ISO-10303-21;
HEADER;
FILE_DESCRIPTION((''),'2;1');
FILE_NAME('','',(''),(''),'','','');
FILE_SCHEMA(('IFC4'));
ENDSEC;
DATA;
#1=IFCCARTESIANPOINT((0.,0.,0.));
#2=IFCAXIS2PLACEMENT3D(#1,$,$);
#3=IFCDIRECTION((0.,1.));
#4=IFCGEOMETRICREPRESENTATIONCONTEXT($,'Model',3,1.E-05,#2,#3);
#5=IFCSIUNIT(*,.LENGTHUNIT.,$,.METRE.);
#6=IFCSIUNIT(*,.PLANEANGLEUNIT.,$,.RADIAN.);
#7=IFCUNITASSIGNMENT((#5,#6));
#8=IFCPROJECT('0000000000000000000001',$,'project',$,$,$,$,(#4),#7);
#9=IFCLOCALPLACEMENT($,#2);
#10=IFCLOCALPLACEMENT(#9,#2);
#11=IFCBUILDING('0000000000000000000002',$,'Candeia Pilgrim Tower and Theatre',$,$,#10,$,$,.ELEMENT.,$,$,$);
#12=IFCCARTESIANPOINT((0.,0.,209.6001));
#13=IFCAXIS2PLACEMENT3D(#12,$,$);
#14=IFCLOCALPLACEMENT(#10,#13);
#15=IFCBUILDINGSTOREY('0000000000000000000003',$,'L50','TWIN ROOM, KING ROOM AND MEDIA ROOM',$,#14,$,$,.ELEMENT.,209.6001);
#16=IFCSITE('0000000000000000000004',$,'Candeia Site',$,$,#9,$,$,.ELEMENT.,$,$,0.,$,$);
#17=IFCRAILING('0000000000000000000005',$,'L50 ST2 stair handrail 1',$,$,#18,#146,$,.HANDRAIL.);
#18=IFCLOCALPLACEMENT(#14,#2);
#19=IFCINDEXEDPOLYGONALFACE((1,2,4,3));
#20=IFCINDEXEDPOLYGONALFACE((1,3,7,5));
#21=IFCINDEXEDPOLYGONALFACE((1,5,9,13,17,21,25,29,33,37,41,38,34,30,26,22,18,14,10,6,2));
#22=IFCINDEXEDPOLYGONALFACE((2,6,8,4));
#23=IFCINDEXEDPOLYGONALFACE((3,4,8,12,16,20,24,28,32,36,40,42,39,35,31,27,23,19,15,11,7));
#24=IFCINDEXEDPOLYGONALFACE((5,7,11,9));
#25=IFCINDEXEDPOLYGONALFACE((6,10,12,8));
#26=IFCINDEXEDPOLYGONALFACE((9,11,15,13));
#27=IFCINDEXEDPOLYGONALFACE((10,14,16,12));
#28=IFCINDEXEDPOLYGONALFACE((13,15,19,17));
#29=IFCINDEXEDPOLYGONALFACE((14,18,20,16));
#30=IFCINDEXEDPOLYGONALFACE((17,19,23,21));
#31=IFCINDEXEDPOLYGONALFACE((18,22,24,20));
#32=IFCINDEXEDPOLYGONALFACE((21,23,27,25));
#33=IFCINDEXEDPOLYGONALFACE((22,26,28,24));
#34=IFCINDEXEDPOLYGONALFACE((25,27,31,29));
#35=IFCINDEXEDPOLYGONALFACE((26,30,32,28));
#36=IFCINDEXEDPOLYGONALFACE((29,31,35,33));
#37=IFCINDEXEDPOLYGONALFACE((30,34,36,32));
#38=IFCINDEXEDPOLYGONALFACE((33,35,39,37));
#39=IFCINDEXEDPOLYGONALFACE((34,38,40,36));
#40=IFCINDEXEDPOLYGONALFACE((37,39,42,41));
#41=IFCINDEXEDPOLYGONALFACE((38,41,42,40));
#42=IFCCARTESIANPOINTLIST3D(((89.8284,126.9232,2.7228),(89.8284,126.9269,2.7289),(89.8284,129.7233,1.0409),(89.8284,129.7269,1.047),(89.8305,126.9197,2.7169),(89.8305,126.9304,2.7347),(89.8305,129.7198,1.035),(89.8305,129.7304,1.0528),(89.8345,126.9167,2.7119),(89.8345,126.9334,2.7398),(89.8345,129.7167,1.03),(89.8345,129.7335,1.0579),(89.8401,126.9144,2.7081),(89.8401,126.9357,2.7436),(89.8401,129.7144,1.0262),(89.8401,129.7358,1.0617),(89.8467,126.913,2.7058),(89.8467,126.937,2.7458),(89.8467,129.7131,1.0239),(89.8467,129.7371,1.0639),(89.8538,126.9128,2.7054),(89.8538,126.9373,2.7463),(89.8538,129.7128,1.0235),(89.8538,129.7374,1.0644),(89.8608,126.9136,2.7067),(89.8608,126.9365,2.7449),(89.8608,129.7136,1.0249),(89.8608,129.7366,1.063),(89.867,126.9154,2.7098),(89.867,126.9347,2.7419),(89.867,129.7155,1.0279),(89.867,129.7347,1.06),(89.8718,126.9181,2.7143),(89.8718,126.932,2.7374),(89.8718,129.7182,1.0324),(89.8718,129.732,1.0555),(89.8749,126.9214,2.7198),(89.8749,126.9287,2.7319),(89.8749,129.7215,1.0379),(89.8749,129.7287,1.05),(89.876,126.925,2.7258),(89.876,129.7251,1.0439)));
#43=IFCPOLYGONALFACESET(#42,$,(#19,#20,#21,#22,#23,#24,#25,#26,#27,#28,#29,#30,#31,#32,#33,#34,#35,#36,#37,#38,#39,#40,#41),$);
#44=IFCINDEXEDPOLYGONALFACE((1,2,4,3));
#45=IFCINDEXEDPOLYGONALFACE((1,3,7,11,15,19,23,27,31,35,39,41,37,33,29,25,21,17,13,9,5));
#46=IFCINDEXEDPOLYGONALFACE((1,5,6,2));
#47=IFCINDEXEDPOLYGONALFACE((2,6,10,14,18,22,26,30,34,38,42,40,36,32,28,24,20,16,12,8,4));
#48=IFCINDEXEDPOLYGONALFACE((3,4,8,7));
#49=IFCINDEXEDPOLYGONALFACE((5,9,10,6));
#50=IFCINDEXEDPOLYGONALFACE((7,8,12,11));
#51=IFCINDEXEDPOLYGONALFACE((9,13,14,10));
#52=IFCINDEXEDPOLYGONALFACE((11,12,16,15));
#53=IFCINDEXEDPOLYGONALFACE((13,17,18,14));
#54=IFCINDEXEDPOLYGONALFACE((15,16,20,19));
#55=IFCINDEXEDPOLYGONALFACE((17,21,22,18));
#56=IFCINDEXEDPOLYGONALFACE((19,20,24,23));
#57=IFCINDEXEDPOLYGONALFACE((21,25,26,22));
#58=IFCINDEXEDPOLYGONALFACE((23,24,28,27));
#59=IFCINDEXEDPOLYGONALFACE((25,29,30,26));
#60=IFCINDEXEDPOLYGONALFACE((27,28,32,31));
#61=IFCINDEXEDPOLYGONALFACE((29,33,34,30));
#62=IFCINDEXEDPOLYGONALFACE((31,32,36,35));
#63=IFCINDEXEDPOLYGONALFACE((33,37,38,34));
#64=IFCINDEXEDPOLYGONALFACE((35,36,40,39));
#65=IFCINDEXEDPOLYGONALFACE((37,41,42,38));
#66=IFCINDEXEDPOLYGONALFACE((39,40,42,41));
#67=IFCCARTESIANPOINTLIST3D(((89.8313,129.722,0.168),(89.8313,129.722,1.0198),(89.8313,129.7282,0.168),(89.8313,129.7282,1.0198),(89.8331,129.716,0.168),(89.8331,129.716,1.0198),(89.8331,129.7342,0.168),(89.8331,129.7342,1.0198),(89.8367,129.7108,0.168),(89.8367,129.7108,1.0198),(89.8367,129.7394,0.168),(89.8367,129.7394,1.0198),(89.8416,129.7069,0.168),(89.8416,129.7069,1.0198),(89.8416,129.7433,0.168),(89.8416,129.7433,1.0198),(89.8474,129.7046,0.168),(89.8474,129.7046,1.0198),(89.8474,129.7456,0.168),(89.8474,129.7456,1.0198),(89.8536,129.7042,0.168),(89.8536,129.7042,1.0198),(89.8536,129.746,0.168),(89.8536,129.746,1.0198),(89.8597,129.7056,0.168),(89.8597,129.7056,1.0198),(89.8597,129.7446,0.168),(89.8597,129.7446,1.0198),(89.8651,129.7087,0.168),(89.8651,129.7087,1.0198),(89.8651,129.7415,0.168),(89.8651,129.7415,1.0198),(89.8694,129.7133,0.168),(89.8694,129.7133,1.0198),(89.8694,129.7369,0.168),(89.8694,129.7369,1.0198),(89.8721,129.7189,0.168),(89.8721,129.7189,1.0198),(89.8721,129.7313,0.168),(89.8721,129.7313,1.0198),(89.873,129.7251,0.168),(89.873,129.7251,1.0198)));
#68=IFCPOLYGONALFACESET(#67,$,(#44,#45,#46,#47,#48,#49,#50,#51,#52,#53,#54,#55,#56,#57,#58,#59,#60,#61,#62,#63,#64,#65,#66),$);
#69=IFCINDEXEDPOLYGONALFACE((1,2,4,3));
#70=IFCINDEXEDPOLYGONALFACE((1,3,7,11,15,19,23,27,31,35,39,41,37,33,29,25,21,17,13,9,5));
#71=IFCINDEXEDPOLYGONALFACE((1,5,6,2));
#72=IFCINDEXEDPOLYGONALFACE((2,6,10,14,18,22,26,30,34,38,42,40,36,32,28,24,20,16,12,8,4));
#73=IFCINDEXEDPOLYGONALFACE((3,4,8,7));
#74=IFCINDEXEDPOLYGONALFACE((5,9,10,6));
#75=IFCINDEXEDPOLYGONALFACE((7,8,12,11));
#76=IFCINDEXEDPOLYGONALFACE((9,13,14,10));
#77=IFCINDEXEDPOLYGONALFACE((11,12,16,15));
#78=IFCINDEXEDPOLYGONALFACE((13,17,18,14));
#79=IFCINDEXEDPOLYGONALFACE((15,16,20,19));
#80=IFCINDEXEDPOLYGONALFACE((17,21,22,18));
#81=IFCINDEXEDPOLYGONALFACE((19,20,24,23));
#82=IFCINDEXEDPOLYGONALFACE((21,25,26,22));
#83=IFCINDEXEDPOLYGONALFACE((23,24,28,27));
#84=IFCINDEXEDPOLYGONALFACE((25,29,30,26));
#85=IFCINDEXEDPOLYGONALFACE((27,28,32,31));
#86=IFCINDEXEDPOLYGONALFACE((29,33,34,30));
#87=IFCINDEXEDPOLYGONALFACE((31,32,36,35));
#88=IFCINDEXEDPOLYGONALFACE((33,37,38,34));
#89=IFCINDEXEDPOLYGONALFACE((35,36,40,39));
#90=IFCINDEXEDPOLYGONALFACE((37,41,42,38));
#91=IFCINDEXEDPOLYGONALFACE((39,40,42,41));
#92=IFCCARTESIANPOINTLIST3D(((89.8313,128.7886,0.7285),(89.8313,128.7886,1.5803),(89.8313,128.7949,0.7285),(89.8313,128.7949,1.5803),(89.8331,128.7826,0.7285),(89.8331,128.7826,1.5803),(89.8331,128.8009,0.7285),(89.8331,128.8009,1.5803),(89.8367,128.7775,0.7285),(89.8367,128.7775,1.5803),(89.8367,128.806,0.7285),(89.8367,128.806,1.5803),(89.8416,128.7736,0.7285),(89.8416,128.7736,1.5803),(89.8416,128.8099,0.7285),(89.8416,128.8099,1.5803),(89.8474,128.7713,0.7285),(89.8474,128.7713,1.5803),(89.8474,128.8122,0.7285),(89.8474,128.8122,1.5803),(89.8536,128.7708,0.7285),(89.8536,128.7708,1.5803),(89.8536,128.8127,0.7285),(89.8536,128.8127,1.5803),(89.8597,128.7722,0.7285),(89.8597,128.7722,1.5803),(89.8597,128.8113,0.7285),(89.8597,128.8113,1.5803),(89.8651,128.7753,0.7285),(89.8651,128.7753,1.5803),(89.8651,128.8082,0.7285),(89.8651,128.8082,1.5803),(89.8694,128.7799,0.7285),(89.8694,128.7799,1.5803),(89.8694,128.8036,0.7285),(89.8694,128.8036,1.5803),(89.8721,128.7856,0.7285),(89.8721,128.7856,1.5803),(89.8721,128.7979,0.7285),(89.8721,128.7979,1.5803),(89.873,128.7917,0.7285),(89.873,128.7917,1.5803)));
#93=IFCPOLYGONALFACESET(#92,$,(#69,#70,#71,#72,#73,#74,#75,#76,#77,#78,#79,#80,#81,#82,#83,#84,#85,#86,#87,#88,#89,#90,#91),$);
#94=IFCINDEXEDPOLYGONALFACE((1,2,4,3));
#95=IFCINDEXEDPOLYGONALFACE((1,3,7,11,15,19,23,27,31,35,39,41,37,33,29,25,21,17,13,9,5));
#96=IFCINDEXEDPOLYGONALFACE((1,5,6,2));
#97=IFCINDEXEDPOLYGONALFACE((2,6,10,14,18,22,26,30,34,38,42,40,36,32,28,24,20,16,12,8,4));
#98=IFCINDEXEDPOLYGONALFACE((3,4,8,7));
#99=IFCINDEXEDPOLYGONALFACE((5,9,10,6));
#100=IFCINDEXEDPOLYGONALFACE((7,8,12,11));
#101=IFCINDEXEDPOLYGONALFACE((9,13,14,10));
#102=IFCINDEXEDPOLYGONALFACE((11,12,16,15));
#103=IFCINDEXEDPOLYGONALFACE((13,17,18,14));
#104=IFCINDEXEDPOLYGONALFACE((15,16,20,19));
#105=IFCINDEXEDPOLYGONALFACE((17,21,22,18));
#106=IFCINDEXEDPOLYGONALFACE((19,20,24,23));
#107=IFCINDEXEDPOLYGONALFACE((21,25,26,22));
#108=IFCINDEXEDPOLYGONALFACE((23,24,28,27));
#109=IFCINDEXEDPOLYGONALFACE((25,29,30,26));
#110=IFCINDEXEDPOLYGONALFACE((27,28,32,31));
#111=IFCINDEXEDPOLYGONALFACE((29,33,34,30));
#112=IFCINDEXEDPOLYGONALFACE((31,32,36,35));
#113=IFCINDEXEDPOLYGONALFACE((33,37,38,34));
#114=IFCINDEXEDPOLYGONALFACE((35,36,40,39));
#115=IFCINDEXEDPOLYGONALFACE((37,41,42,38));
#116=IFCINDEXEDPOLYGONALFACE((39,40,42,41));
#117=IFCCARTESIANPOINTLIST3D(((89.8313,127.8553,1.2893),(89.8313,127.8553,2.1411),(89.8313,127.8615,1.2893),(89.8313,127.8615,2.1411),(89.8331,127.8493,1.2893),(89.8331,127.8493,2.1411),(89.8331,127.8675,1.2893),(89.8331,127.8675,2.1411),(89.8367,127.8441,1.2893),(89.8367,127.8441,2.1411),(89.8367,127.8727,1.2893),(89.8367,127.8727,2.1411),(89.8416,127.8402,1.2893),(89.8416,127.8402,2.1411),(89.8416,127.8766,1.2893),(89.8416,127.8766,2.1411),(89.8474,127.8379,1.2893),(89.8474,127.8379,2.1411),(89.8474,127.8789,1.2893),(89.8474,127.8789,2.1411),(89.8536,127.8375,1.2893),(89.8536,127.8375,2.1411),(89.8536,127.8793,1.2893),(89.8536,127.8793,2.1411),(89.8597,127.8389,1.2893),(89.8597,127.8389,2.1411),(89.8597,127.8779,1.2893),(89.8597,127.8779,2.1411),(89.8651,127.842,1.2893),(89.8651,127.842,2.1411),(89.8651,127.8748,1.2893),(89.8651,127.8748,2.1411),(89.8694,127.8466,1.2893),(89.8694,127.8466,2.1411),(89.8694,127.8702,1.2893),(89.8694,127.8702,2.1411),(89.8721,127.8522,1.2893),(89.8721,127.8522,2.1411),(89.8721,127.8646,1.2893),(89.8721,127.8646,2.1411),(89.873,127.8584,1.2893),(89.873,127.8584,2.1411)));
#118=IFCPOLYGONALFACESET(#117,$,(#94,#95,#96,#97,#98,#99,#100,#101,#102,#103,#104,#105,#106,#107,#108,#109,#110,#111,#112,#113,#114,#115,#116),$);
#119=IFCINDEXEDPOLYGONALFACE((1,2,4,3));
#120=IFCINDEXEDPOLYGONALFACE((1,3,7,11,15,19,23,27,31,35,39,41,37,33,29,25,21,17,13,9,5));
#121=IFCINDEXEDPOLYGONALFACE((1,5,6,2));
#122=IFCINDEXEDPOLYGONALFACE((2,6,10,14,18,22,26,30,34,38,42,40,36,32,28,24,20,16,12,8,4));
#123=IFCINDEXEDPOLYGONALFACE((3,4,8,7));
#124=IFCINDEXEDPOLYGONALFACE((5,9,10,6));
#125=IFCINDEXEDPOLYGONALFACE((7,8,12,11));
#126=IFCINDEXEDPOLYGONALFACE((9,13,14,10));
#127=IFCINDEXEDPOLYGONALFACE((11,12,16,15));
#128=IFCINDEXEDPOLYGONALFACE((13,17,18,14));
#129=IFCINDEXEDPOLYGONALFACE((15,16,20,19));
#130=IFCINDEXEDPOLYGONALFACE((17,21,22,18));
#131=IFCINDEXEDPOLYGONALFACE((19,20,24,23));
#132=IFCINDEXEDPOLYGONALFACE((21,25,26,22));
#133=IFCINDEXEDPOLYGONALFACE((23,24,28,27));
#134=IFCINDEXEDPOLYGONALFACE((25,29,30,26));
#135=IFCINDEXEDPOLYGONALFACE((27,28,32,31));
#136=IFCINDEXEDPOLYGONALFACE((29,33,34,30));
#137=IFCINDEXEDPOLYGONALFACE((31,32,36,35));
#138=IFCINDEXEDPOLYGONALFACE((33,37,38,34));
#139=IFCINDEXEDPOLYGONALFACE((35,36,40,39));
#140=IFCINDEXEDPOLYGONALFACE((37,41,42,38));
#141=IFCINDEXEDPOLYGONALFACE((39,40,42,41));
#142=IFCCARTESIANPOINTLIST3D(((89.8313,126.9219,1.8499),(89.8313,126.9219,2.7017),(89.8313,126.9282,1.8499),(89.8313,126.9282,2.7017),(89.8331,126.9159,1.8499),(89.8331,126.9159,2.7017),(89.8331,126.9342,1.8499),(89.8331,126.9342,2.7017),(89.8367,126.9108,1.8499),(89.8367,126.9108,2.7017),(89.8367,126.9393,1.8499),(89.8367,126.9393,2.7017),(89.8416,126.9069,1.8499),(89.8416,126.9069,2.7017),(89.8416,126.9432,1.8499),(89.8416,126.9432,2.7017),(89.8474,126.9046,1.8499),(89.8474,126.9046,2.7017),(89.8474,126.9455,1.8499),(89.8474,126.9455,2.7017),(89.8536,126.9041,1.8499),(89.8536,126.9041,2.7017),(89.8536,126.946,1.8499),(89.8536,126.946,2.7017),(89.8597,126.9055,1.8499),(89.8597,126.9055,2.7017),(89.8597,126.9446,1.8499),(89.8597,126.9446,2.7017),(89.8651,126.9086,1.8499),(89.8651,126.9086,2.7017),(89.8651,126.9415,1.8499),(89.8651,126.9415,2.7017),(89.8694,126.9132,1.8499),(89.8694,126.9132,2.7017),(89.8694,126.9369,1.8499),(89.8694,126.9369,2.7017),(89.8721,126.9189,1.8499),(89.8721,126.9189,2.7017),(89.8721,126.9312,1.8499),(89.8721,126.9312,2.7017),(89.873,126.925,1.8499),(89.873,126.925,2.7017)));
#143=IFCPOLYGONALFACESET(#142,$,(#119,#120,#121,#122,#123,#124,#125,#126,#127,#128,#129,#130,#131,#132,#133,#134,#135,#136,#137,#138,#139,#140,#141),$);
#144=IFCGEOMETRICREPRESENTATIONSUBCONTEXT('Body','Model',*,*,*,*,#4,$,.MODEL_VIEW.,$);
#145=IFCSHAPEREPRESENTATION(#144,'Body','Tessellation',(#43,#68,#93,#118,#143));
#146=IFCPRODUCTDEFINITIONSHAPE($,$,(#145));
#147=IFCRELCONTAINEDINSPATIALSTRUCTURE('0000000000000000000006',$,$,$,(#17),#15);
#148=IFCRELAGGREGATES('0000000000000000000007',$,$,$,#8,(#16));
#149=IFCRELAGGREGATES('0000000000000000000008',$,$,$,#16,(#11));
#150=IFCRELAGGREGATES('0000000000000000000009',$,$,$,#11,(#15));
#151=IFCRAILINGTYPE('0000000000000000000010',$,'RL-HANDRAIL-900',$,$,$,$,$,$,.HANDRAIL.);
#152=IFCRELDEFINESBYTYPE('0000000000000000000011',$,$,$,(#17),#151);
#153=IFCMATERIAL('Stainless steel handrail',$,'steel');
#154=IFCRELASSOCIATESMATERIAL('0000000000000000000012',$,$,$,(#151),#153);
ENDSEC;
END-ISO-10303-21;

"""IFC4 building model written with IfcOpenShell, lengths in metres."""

from ifc_helpers import new_model, si_unit, direction, frame, origin, origin_2d, place, context, subcontext, project, spatial, circle, extrude, material, type_object, element, save


model = new_model("IFC4")

# Units and contexts
model_context = context("Model", 3, precision=1e-05, world=origin(), true_north=direction((0.0, 1.0)))
body_context = subcontext(model_context, "Body", "Model", "MODEL_VIEW")
ifc_project = project(units=[si_unit("LENGTHUNIT", "METRE"), si_unit("PLANEANGLEUNIT", "RADIAN")], contexts=[model_context])

# Site, building, storey
site_placement = place(None, origin())
site = spatial("IfcSite", under=ifc_project, at=site_placement, Name="Candeia Site", CompositionType="ELEMENT", RefElevation=0.0)
building_placement = place(site_placement, origin())
building = spatial("IfcBuilding", under=site, at=building_placement, Name="Candeia Pilgrim Tower and Theatre", CompositionType="ELEMENT")
storey_placement = place(building_placement, frame((0.0, 0.0, 209.6001)))
storey = spatial("IfcBuildingStorey", under=building, at=storey_placement, Name="L50", Description="TWIN ROOM, KING ROOM AND MEDIA ROOM", CompositionType="ELEMENT", Elevation=209.6001)

# Railing
ifc_material_1 = material(Name="Stainless steel handrail", Category="steel")
railing_type_1 = type_object("IfcRailingType", Name="RL-HANDRAIL-900", PredefinedType="HANDRAIL", material=ifc_material_1)
for number, where, name in (
    (1, (89.8521, 129.7251, 0.168), "L50 ST2 stair handrail 1"),
):
    element("IfcRailing", number, at=place(storey_placement, frame(where)), inside=storey, type_object=railing_type_1, Name=name, PredefinedType="HANDRAIL", context=body_context, shape_type="SweptSolid", body=[
        extrude(circle(Radius=0.0239, at=origin_2d()), frame((0.0, 0.0, 0.876), z_axis=(0.0, -0.857242, 0.514913), x_axis=(1.0, 0.0, 0.0)), (0.0, 0.0, 1.0), 3.2664),
        extrude(circle(Radius=0.021, at=origin_2d()), origin(), (0.0, 0.0, 1.0), 0.8518),
        extrude(circle(Radius=0.021, at=origin_2d()), frame((0.0, -0.9333, 0.5605)), (0.0, 0.0, 1.0), 0.8518),
        extrude(circle(Radius=0.021, at=origin_2d()), frame((0.0, -1.8667, 1.1213)), (0.0, 0.0, 1.0), 0.8518),
        extrude(circle(Radius=0.021, at=origin_2d()), frame((0.0, -2.8, 1.6819)), (0.0, 0.0, 1.0), 0.8518),
    ])

save(model, "model.ifc")
